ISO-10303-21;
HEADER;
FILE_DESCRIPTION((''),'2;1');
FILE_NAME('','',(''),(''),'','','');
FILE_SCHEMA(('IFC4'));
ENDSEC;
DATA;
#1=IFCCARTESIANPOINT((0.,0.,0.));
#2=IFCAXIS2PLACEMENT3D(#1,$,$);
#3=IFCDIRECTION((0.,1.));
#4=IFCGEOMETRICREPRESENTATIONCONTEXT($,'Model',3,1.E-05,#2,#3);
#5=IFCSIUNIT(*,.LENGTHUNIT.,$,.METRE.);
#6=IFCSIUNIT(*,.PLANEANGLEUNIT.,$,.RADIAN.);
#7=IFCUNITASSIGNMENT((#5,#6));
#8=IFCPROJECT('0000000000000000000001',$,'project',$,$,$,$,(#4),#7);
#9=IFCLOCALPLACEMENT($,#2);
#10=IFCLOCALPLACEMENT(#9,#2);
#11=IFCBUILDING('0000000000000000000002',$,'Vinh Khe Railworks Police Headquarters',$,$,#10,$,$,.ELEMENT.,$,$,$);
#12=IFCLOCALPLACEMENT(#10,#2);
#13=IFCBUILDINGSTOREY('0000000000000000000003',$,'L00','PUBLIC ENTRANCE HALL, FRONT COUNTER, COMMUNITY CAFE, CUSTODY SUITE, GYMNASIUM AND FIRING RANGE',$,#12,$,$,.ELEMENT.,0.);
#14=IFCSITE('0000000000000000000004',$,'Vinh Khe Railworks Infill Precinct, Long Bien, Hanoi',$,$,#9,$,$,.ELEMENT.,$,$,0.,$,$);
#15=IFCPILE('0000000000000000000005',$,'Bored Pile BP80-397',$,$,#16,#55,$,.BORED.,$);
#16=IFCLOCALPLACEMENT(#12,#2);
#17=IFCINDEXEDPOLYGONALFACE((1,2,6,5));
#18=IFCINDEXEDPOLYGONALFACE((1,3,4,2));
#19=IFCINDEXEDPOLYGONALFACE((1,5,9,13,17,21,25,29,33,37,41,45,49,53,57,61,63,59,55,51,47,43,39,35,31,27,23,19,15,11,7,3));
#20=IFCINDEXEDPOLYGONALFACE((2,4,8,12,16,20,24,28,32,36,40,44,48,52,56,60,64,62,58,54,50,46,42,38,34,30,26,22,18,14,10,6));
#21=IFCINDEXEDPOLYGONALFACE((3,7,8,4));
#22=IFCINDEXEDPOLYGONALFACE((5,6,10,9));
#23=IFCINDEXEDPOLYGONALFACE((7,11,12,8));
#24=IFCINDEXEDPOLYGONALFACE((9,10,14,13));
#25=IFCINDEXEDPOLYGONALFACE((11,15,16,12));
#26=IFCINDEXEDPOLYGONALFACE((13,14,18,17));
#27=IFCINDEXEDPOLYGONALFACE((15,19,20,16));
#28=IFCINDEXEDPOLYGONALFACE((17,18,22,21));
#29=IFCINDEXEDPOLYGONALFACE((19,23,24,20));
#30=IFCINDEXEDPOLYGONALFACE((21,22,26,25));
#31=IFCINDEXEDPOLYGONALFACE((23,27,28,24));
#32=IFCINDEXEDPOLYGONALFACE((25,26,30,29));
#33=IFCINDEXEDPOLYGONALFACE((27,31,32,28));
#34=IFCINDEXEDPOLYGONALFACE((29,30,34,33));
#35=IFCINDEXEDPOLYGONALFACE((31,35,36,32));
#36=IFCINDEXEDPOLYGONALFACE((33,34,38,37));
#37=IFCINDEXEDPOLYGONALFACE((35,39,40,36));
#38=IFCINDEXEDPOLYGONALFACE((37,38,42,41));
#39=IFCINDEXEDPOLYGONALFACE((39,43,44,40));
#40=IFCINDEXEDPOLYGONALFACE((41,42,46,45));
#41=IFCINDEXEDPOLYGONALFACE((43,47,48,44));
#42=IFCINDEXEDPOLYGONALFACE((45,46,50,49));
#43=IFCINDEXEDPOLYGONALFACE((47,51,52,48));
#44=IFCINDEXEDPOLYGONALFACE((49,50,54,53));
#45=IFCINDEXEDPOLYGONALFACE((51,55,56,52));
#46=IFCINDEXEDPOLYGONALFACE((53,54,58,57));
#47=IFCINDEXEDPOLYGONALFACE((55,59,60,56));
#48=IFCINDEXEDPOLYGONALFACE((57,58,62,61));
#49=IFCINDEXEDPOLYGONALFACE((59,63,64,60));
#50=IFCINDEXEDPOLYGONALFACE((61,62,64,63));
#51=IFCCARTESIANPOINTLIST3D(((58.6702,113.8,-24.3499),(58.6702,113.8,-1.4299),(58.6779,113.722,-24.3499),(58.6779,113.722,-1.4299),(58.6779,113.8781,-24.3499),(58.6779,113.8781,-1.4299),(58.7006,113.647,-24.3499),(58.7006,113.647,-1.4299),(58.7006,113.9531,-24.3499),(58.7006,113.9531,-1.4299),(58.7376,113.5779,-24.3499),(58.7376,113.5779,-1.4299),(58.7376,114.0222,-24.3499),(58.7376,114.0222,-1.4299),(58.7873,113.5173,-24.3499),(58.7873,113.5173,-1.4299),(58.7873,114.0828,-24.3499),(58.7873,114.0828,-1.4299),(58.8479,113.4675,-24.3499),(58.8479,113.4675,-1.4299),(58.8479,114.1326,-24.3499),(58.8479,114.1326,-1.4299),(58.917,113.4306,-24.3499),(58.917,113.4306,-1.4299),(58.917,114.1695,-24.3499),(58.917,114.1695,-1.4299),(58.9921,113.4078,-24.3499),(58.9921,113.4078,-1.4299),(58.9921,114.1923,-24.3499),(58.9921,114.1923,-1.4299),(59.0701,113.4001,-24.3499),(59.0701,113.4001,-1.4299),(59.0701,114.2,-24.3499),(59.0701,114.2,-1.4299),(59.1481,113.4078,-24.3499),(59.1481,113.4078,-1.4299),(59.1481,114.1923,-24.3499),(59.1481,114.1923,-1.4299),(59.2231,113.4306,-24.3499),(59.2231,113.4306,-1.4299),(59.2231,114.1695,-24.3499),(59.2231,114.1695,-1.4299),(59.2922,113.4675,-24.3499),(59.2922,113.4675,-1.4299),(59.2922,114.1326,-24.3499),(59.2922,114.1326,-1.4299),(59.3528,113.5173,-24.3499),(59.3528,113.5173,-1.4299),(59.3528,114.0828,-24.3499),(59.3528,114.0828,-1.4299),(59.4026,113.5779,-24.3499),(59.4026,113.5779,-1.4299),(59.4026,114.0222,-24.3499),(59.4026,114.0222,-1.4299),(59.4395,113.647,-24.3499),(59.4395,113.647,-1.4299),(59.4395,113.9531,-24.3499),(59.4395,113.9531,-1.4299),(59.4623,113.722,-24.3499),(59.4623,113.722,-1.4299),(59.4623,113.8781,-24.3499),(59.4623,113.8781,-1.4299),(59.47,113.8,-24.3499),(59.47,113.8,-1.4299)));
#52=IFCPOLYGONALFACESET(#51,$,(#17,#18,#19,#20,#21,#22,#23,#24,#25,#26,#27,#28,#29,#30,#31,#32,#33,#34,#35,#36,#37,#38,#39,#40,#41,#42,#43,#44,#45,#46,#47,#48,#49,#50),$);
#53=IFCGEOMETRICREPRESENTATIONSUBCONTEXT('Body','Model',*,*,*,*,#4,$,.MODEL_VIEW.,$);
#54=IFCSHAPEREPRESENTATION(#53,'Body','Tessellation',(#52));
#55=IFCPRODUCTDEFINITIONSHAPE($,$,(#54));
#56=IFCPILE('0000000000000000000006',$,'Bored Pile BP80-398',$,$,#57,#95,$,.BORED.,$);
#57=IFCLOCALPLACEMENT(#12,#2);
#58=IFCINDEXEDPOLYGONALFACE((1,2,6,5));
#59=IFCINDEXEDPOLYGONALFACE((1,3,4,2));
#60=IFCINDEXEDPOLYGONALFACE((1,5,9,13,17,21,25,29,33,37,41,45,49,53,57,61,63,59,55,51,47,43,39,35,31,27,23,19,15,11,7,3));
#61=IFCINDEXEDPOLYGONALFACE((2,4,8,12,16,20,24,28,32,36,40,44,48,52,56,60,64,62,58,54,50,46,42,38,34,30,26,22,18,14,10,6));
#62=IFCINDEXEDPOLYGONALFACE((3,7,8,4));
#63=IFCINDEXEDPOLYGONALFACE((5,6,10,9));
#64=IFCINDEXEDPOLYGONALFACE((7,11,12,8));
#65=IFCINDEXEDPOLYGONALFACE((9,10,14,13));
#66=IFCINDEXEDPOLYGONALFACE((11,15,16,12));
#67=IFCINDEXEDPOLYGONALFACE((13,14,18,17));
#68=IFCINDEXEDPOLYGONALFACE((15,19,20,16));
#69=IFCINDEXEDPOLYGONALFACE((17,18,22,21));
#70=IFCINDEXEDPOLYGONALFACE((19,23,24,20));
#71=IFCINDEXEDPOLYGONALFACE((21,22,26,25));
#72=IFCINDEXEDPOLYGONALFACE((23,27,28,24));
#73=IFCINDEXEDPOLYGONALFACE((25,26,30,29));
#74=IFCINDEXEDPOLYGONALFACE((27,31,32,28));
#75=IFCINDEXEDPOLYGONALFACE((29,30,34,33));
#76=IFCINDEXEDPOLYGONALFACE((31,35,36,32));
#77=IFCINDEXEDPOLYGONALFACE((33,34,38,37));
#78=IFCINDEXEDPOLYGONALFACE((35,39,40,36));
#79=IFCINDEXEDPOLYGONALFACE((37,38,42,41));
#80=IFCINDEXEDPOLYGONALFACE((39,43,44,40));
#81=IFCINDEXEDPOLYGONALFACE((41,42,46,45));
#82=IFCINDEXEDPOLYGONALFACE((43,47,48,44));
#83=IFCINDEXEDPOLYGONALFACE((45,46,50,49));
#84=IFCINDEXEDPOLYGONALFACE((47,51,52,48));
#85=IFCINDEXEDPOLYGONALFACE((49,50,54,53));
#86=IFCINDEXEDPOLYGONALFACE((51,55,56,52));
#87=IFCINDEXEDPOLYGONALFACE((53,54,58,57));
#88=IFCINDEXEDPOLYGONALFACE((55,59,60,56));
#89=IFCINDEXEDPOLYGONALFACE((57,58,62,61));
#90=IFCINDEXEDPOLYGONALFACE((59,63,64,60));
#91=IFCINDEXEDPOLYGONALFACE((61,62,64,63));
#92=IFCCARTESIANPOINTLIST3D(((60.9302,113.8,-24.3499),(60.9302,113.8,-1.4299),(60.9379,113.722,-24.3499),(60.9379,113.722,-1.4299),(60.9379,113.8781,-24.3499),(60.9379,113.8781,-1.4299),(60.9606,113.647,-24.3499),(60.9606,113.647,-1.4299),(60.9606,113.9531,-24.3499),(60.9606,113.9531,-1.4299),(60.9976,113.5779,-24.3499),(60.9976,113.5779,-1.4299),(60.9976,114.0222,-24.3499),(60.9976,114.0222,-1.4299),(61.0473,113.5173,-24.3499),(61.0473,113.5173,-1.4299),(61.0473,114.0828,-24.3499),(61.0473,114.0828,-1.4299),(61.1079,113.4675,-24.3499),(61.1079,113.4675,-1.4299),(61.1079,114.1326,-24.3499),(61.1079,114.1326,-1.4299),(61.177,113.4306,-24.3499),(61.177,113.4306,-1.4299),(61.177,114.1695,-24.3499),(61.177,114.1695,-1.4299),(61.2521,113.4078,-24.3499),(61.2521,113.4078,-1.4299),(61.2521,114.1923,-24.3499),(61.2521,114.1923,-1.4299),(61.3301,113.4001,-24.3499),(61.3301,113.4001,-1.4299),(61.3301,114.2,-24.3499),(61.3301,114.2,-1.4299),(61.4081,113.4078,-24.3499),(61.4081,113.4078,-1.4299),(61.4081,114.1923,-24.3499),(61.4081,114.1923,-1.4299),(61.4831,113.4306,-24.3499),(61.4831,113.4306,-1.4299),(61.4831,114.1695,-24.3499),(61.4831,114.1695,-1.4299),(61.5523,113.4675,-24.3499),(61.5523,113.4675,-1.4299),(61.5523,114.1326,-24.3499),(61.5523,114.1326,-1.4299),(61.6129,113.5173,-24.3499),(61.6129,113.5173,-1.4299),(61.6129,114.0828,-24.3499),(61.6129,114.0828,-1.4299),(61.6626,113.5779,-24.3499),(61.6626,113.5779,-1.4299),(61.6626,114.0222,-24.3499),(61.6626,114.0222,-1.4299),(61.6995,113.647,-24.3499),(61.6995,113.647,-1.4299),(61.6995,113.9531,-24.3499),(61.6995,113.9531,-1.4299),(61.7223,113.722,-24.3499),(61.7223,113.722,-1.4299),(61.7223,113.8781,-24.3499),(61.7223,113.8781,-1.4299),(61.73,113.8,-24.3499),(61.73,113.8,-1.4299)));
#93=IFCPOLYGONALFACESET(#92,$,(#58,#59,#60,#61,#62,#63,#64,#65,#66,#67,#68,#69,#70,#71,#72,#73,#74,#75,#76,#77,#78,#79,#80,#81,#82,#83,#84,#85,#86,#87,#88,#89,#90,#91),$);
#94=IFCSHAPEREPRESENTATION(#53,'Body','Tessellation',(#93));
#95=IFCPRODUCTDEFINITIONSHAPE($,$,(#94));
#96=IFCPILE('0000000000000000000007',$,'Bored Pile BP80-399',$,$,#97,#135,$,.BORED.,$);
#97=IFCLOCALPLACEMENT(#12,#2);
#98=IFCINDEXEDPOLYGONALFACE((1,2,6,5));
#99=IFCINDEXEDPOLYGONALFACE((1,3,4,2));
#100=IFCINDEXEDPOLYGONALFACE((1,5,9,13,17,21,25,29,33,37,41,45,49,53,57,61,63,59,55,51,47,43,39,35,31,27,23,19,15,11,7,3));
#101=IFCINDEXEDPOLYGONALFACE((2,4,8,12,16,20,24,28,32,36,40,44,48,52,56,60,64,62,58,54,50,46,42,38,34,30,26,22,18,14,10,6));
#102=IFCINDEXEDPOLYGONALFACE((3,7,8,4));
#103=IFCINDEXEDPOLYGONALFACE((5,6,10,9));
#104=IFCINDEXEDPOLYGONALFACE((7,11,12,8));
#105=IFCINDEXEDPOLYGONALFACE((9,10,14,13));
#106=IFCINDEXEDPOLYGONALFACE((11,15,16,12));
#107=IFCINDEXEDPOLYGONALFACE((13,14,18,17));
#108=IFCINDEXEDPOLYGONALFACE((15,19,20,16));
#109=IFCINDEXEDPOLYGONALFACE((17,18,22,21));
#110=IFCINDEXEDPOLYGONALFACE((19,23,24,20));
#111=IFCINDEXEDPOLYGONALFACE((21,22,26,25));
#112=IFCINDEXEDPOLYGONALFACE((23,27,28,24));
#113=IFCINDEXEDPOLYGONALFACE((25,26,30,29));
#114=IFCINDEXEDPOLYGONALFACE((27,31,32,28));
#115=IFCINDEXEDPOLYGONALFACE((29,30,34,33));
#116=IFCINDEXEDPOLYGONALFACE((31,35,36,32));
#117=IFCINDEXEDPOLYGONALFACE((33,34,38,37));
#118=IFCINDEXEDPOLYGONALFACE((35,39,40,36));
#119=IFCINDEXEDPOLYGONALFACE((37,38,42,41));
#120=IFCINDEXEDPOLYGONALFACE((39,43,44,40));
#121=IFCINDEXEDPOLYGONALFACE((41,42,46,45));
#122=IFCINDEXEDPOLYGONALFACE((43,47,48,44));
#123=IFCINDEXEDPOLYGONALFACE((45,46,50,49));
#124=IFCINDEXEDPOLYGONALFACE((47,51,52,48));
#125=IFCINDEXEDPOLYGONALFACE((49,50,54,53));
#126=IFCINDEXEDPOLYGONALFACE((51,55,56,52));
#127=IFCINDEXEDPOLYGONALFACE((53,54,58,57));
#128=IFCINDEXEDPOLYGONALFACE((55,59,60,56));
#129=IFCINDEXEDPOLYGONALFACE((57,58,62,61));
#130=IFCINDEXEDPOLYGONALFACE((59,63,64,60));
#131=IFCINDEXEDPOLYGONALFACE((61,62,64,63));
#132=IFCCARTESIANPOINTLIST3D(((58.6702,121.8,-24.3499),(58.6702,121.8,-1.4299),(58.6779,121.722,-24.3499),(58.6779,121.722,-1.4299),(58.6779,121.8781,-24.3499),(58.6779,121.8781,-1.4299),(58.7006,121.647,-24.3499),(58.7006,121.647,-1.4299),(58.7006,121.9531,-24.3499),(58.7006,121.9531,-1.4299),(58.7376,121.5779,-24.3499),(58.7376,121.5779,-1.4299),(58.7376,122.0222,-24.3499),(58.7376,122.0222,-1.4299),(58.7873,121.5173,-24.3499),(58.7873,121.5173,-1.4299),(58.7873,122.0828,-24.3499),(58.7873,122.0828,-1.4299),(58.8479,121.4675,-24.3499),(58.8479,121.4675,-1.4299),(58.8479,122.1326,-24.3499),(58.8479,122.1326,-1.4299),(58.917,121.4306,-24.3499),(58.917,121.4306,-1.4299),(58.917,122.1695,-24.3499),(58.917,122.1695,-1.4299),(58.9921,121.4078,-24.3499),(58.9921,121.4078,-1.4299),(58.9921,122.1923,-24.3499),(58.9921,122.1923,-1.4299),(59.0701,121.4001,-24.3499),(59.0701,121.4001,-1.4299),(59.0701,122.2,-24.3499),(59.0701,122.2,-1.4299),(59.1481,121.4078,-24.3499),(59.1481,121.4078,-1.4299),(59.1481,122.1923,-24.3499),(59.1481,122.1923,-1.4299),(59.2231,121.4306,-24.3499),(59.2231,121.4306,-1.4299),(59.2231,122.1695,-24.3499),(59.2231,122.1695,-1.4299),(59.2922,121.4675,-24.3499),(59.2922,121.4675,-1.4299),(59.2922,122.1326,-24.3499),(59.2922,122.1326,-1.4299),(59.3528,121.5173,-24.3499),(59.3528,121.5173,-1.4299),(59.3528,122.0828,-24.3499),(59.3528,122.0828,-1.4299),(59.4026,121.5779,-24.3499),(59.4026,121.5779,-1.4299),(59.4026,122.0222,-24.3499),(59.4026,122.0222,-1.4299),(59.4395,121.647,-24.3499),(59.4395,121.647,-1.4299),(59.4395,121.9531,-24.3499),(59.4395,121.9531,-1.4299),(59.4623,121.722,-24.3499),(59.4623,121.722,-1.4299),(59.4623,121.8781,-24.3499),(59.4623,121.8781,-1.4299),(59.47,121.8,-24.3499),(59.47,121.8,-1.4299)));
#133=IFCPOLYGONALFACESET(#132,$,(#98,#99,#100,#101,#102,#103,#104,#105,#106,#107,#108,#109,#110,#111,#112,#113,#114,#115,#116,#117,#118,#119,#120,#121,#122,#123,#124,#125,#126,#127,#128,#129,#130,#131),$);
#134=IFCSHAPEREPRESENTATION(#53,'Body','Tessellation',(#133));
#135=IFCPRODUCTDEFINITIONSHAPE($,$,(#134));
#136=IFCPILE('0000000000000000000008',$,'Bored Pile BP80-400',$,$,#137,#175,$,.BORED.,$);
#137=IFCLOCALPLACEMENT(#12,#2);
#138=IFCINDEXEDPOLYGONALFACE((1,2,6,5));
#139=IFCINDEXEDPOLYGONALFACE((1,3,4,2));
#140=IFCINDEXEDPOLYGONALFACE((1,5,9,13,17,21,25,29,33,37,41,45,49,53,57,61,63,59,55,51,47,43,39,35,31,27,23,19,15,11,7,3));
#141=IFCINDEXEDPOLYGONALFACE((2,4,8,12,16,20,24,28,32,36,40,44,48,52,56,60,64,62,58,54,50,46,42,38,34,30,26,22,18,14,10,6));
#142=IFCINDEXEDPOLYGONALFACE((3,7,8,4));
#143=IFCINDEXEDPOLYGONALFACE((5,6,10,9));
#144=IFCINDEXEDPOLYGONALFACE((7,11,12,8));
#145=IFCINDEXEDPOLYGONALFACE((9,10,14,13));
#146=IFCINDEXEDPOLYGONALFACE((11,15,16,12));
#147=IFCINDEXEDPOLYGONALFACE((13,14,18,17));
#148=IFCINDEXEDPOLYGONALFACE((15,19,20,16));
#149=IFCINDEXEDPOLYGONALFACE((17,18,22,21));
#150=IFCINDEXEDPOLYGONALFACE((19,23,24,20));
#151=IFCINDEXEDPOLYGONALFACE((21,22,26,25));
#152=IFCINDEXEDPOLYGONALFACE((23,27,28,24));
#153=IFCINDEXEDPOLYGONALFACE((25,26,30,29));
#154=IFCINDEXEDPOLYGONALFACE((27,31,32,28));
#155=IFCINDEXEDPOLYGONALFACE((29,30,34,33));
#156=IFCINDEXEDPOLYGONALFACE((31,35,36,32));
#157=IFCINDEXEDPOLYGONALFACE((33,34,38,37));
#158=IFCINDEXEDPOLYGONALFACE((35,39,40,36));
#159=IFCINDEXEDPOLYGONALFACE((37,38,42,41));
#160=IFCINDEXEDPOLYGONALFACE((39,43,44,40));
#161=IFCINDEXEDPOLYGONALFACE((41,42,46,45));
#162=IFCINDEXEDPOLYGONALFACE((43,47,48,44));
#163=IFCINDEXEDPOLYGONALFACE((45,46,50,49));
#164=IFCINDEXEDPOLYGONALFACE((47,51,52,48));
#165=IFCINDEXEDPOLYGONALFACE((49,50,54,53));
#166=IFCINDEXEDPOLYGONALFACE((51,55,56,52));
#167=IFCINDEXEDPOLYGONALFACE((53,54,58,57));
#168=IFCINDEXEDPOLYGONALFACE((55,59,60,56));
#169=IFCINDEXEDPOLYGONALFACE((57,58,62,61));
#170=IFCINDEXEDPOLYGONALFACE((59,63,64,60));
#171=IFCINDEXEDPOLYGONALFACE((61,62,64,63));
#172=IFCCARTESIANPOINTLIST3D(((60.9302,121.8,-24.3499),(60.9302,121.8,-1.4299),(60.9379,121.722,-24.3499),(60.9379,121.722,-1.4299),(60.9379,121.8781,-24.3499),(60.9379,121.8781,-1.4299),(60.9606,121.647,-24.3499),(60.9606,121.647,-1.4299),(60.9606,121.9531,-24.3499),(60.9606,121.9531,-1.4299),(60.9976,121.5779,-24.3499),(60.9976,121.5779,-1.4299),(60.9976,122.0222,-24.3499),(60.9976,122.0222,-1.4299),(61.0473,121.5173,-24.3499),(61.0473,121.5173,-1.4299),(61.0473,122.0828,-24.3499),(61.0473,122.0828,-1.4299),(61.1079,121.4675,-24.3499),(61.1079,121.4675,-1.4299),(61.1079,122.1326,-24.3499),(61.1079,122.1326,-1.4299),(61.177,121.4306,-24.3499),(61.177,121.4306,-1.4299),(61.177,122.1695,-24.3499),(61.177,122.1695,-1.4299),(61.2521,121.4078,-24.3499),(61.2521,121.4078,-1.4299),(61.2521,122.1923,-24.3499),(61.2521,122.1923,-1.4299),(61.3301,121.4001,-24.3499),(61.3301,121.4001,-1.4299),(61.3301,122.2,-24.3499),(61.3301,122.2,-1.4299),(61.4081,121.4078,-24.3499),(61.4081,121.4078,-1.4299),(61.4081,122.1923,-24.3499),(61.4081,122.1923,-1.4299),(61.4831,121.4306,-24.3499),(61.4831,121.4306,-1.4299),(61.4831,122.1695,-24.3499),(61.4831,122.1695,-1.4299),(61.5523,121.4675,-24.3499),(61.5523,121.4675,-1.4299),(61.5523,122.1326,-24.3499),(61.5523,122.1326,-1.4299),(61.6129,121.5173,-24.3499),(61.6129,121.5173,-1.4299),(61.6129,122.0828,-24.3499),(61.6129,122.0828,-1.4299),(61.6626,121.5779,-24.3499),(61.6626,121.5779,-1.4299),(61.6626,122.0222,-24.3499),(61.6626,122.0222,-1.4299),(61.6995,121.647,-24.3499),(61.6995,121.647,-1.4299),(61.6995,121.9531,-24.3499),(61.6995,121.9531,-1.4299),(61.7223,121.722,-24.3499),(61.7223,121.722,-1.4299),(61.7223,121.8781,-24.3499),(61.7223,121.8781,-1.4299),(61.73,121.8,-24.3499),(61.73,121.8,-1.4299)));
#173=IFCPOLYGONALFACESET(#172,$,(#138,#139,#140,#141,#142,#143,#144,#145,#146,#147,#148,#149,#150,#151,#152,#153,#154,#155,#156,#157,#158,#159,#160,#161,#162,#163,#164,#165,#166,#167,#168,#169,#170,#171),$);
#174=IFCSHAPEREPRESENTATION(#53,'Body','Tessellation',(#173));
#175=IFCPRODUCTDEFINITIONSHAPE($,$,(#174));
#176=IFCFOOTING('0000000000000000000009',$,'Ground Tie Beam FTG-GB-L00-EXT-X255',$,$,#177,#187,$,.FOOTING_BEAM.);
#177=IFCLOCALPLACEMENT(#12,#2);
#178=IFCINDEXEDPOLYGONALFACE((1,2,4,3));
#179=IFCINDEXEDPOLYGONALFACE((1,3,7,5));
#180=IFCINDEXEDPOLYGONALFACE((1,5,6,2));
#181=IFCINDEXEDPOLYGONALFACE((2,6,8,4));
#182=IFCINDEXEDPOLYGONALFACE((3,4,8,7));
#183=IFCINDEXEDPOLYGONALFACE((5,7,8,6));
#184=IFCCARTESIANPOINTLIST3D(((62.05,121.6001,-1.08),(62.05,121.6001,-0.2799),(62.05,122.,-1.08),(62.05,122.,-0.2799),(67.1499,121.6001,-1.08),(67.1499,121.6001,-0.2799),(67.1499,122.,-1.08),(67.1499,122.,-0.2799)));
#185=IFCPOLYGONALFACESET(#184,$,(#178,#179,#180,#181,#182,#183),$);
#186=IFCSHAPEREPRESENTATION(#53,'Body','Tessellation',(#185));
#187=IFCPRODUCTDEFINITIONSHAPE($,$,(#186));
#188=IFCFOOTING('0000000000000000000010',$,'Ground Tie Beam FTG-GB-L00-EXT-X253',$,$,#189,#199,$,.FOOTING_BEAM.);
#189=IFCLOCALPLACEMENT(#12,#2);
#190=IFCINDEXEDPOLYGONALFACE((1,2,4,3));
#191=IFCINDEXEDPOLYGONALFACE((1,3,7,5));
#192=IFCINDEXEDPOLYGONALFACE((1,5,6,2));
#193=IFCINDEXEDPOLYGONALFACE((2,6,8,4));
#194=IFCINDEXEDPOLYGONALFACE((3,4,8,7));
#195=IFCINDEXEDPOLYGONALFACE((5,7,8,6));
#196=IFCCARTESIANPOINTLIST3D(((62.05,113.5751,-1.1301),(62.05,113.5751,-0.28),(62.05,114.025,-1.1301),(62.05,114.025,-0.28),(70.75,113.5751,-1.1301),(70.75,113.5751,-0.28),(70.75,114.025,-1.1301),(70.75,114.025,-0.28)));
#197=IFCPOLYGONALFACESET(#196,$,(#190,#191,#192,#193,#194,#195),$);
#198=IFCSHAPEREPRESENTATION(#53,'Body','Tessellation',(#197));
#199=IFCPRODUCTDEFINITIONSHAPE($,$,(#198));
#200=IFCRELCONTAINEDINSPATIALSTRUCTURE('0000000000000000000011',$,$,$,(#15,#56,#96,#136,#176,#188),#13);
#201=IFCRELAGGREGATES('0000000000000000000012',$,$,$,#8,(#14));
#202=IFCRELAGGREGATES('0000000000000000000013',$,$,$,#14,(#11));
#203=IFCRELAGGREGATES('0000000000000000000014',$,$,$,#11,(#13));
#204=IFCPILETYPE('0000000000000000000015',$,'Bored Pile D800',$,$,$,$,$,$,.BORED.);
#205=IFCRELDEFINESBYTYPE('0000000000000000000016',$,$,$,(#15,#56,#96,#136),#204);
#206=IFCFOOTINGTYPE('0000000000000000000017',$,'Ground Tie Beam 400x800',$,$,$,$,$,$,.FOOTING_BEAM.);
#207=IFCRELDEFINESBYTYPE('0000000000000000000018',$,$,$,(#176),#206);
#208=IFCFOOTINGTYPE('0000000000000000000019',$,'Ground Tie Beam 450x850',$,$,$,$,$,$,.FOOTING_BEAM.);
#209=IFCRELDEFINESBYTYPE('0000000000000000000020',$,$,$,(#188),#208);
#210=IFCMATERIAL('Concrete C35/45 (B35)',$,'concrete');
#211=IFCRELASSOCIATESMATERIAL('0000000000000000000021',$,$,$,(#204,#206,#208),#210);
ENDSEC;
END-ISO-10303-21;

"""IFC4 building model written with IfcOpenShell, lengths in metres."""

from ifc_helpers import new_model, si_unit, direction, frame, origin, origin_2d, place, context, subcontext, project, spatial, rectangle, circle, extrude, material, material_profile, profile_set, type_object, element, save


model = new_model("IFC4")

# Units and contexts
model_context = context("Model", 3, precision=1e-05, world=origin(), true_north=direction((0.0, 1.0)))
body_context = subcontext(model_context, "Body", "Model", "MODEL_VIEW")
ifc_project = project(units=[si_unit("LENGTHUNIT", "METRE"), si_unit("PLANEANGLEUNIT", "RADIAN")], contexts=[model_context])

# Site, building, storey
site_placement = place(None, origin())
site = spatial("IfcSite", under=ifc_project, at=site_placement, Name="Vinh Khe Railworks Infill Precinct, Long Bien, Hanoi", CompositionType="ELEMENT", RefElevation=0.0)
building_placement = place(site_placement, origin())
building = spatial("IfcBuilding", under=site, at=building_placement, Name="Vinh Khe Railworks Police Headquarters", CompositionType="ELEMENT")
storey_placement = place(building_placement, origin())
storey = spatial("IfcBuildingStorey", under=building, at=storey_placement, Name="L00", Description="PUBLIC ENTRANCE HALL, FRONT COUNTER, COMMUNITY CAFE, CUSTODY SUITE, GYMNASIUM AND FIRING RANGE", CompositionType="ELEMENT", Elevation=0.0)

# Piles
ifc_material_1 = material(Name="Concrete C35/45 (B35)", Category="concrete")
ifc_material_profile_1 = material_profile(ifc_material_1, circle(Radius=0.3999, at=origin_2d()), Name="BORED PILE D800")
ifc_profile_set_1 = profile_set([ifc_material_profile_1], Name="Concrete C35/45 (B35)")
pile_type = type_object("IfcPileType", Name="Bored Pile D800", PredefinedType="BORED", material=ifc_profile_set_1)
for number, where, z_axis, x_axis, name in (
    (1, (59.0701, 113.8, -1.4299), (0.0, 0.0, -1.0), (1.0, 0.0, 0.0), "Bored Pile BP80-397"),
    (2, (61.3301, 113.8, -1.4299), (0.0, 0.0, -1.0), (1.0, 0.0, 0.0), "Bored Pile BP80-398"),
    (3, (59.0701, 121.8, -1.4299), (0.0, 0.0, -1.0), (1.0, 0.0, 0.0), "Bored Pile BP80-399"),
    (4, (61.3301, 121.8, -1.4299), (0.0, 0.0, -1.0), (1.0, 0.0, 0.0), "Bored Pile BP80-400"),
):
    element("IfcPile", number, at=place(storey_placement, frame(where, z_axis=z_axis, x_axis=x_axis)), inside=storey, type_object=pile_type, Name=name, PredefinedType="BORED", context=body_context, shape_type="SweptSolid", body=[
        extrude(circle(Radius=0.3999, at=origin_2d()), origin(), (0.0, 0.0, 1.0), 22.9199),
    ])

# Footings
ifc_material_profile_2 = material_profile(ifc_material_1, rectangle(XDim=0.3999, YDim=0.8, at=origin_2d()), Name="RC 400x800")
ifc_profile_set_2 = profile_set([ifc_material_profile_2], Name="Concrete C35/45 (B35)")
footing_type_1 = type_object("IfcFootingType", Name="Ground Tie Beam 400x800", PredefinedType="FOOTING_BEAM", material=ifc_profile_set_2)
footing_1_placement = place(storey_placement, frame((62.05, 121.8, -0.6799), z_axis=(1.0, 0.0, 0.0), x_axis=(0.0, 1.0, 0.0)))
element("IfcFooting", 5, at=footing_1_placement, inside=storey, type_object=footing_type_1, Name="Ground Tie Beam FTG-GB-L00-EXT-X255", PredefinedType="FOOTING_BEAM", context=body_context, shape_type="SweptSolid", body=[
    extrude(rectangle(XDim=0.3999, YDim=0.8, at=origin_2d()), origin(), (0.0, 0.0, 1.0), 5.0999),
])
ifc_material_profile_3 = material_profile(ifc_material_1, rectangle(XDim=0.45, YDim=0.8501, at=origin_2d()), Name="RC 450x850")
ifc_profile_set_3 = profile_set([ifc_material_profile_3], Name="Concrete C35/45 (B35)")
footing_type_2 = type_object("IfcFootingType", Name="Ground Tie Beam 450x850", PredefinedType="FOOTING_BEAM", material=ifc_profile_set_3)
footing_2_placement = place(storey_placement, frame((62.05, 113.8, -0.7051), z_axis=(1.0, 0.0, 0.0), x_axis=(0.0, 1.0, 0.0)))
element("IfcFooting", 6, at=footing_2_placement, inside=storey, type_object=footing_type_2, Name="Ground Tie Beam FTG-GB-L00-EXT-X253", PredefinedType="FOOTING_BEAM", context=body_context, shape_type="SweptSolid", body=[
    extrude(rectangle(XDim=0.45, YDim=0.8501, at=origin_2d()), origin(), (0.0, 0.0, 1.0), 8.7),
])

save(model, "model.ifc")
